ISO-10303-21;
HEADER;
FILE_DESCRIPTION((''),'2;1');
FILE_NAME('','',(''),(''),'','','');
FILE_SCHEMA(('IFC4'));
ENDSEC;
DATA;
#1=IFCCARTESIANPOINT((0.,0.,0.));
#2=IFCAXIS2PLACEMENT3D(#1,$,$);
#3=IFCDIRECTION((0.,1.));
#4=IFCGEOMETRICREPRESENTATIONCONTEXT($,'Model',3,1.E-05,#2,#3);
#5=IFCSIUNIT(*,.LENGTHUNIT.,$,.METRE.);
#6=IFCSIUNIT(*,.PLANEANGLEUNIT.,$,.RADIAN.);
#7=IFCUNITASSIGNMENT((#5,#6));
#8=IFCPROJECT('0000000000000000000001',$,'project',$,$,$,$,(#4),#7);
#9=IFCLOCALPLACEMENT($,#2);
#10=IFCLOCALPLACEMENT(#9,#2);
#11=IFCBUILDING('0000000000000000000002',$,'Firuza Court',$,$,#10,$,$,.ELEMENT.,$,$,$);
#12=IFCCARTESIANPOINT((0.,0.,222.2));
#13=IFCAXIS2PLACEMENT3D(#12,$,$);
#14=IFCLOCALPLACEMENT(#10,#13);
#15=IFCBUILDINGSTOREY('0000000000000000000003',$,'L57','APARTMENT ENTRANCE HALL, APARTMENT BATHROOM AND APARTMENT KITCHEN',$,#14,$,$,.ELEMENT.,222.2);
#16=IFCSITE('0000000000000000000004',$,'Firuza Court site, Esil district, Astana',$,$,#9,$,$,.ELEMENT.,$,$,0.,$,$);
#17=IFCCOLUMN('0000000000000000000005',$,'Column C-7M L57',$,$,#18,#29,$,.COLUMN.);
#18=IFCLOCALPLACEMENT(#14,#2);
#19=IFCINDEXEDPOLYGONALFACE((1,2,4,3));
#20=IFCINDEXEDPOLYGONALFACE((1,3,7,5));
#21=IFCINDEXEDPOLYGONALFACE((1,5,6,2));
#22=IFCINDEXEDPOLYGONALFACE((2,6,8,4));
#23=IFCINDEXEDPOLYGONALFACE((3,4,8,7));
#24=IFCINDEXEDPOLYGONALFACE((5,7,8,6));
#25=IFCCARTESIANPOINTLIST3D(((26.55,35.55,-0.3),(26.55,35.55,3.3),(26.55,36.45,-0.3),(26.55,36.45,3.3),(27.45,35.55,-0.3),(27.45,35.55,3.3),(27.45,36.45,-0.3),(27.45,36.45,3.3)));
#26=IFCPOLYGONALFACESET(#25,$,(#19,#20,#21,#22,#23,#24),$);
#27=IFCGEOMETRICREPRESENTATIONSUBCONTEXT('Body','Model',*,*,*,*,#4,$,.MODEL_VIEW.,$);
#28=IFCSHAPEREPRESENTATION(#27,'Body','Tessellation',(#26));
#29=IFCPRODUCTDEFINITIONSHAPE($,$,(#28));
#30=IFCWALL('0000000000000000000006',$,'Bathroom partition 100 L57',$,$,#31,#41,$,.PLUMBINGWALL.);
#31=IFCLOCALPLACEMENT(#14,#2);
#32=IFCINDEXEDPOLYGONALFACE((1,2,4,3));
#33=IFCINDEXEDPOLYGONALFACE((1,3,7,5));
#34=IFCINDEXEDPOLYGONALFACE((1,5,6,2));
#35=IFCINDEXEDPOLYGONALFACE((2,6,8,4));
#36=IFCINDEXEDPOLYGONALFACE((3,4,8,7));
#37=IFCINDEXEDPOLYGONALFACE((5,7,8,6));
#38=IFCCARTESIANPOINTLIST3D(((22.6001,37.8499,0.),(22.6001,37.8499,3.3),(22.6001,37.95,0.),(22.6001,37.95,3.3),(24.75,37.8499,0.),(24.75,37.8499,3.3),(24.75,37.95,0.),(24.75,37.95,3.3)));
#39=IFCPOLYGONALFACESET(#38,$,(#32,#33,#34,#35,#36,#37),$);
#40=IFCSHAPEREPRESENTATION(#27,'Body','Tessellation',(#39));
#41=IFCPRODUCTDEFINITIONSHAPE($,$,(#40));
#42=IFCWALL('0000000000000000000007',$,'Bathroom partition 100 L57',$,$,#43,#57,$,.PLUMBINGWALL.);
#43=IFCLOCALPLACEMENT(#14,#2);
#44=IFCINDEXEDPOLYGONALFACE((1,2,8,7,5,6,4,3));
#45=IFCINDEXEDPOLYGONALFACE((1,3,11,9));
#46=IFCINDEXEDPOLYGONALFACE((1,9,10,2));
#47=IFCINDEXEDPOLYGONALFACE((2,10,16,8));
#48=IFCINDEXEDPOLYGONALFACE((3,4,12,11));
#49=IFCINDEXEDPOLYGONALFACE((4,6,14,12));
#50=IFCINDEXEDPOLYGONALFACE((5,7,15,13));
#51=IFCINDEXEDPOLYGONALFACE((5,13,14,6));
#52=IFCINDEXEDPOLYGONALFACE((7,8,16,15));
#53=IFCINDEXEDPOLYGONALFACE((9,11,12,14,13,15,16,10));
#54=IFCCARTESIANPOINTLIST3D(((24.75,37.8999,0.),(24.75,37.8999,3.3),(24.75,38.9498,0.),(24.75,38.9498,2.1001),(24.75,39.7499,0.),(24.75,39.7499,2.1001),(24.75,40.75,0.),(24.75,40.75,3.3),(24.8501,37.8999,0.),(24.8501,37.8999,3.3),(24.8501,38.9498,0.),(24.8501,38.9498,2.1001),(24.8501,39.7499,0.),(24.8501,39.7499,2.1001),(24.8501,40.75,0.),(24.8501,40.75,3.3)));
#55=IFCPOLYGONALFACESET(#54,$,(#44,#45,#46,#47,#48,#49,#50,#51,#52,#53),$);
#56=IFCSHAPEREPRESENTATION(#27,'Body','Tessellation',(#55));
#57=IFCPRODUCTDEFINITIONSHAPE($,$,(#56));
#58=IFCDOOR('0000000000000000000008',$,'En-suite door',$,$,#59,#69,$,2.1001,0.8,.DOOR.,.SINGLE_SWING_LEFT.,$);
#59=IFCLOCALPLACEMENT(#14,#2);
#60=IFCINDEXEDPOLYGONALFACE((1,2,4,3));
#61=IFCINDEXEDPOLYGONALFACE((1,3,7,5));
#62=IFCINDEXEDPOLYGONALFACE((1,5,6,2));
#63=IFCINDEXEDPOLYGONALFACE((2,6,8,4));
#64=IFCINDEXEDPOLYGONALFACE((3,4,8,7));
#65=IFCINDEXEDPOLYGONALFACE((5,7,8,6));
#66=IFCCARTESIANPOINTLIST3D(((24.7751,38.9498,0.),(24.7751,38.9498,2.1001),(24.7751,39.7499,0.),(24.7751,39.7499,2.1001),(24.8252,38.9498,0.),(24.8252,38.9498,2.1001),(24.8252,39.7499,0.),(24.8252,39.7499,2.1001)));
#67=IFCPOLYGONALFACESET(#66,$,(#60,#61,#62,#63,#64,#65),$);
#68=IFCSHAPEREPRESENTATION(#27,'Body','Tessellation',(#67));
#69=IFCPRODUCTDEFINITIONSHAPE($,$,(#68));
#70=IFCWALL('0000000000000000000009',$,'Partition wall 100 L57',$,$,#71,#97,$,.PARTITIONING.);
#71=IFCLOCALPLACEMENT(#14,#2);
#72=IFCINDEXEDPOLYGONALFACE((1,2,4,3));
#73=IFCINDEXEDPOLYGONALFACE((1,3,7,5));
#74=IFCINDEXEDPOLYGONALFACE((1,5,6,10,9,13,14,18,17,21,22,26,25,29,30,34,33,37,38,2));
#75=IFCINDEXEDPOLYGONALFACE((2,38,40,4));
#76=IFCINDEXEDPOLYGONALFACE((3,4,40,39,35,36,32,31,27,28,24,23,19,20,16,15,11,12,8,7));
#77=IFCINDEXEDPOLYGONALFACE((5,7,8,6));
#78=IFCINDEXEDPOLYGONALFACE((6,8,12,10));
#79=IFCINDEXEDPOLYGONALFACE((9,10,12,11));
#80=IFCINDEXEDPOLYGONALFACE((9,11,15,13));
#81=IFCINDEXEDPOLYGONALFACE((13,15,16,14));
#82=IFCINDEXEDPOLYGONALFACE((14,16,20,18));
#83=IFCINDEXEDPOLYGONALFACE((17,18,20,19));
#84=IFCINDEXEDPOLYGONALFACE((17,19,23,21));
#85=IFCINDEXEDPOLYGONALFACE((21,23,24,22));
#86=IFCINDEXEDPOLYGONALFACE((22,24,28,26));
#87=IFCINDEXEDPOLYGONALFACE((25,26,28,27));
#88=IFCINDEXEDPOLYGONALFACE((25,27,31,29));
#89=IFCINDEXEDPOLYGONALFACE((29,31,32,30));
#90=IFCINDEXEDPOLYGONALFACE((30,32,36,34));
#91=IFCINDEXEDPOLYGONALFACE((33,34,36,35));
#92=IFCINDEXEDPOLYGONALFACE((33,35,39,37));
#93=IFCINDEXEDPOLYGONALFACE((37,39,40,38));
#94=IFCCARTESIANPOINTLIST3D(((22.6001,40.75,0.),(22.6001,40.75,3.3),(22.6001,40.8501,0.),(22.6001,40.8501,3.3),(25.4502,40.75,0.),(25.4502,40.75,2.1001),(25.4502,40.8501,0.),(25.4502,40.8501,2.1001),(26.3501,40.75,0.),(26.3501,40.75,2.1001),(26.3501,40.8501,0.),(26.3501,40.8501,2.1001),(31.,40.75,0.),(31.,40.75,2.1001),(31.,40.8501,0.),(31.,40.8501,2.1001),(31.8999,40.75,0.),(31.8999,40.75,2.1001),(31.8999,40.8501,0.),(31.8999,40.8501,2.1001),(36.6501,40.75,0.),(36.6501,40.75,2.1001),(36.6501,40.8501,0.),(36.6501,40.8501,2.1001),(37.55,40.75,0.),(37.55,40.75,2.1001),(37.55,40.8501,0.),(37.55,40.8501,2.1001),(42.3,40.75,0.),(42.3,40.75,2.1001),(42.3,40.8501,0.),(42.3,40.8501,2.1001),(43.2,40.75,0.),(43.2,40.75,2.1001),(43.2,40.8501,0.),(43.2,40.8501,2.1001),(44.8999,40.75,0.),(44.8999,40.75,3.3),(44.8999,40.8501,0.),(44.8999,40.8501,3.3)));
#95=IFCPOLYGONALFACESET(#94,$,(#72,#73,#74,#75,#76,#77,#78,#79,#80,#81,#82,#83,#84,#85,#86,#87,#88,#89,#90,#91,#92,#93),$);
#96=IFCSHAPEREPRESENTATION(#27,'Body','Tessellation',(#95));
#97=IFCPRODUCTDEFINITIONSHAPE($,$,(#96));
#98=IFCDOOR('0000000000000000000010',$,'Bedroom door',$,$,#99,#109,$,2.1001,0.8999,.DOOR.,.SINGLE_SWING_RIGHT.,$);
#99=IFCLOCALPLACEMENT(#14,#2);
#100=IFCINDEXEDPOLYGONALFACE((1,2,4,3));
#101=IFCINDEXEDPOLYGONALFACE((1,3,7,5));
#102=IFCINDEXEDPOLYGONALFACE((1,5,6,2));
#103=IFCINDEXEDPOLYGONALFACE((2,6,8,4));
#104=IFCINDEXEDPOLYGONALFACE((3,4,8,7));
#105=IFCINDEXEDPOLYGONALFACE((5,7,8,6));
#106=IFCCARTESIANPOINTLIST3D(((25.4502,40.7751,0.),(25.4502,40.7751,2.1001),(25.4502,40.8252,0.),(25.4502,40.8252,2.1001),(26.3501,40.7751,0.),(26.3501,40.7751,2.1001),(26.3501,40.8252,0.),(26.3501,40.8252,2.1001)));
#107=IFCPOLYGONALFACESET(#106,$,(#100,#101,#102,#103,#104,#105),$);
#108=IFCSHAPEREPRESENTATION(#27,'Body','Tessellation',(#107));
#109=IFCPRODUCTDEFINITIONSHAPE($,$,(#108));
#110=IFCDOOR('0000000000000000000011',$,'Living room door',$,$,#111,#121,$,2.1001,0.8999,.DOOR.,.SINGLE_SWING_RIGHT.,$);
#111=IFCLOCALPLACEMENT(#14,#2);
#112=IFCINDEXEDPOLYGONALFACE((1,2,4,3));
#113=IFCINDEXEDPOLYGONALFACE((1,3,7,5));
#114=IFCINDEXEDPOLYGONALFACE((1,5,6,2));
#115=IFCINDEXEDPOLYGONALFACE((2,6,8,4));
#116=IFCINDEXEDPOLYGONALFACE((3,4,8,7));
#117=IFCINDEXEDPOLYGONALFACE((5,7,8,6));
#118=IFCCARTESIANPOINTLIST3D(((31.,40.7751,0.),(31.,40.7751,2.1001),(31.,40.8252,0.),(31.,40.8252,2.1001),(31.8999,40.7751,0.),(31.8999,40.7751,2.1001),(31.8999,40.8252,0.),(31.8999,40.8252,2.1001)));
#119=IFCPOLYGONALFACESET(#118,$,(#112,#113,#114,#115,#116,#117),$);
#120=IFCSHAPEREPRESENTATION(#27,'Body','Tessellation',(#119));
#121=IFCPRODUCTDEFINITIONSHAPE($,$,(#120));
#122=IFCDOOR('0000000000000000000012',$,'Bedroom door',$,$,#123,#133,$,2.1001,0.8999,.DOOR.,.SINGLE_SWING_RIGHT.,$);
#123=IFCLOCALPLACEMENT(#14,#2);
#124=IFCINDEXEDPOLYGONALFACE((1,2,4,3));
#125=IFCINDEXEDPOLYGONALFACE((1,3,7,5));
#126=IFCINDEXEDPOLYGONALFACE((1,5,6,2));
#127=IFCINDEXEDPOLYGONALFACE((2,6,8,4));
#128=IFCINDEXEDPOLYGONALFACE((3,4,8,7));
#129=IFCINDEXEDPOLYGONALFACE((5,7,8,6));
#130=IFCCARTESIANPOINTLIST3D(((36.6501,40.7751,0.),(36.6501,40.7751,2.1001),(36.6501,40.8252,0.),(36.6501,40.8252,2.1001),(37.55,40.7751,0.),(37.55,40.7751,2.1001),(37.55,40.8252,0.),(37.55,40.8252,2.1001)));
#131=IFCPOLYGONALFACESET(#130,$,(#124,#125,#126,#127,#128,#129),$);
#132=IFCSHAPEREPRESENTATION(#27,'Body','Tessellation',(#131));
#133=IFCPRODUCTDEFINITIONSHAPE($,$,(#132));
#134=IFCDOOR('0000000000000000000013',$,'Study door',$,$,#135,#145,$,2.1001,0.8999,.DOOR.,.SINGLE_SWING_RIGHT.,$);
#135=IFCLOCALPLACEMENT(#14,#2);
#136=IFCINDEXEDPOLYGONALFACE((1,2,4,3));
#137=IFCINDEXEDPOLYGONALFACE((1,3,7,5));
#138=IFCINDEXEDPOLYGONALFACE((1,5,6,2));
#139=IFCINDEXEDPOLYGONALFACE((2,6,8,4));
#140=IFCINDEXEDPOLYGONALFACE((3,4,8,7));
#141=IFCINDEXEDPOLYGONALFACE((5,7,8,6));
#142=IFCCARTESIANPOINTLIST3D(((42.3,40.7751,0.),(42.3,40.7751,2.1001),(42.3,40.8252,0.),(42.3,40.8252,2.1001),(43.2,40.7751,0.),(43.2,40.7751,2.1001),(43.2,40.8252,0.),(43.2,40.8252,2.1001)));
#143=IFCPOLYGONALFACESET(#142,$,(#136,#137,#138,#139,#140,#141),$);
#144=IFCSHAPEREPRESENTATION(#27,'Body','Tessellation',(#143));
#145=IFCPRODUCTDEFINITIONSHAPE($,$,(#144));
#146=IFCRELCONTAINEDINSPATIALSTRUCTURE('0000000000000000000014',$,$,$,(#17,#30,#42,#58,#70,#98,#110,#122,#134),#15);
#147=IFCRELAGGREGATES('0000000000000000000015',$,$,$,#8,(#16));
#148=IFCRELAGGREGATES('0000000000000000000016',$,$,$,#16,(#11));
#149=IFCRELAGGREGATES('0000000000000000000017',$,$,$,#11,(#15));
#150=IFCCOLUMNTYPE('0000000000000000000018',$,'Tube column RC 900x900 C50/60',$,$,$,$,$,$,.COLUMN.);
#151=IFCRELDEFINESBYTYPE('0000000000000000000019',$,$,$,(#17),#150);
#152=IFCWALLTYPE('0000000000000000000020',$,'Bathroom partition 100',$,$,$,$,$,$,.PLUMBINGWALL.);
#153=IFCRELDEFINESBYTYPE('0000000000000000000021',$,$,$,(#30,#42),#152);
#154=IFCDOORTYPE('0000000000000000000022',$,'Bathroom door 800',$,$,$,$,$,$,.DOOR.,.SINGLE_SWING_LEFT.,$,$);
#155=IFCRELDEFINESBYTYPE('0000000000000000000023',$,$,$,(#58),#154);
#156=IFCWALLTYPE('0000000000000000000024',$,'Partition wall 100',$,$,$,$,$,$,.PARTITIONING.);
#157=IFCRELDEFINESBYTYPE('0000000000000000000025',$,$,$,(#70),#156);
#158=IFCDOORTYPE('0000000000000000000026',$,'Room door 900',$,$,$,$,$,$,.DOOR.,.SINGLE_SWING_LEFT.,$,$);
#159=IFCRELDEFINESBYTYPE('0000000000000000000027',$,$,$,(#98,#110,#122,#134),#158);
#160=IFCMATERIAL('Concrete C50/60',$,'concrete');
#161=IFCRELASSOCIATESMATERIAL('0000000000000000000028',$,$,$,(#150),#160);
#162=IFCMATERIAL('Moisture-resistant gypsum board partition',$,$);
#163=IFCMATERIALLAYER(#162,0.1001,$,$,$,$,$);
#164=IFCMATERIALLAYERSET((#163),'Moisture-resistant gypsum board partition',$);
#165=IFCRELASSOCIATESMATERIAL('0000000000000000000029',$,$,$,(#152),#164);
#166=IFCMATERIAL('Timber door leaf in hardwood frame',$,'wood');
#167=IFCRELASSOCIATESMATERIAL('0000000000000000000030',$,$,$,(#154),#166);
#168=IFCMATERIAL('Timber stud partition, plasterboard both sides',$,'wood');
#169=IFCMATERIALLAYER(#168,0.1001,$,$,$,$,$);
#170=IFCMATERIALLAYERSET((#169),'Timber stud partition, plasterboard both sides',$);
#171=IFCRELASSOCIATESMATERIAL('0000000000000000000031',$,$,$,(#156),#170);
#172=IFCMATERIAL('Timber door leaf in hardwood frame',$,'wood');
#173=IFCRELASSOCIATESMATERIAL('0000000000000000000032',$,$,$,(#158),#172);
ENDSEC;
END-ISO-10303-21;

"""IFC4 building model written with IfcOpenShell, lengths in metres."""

from ifc_helpers import new_model, si_unit, direction, frame, frame_2d, origin, origin_2d, place, context, subcontext, project, spatial, rectangle, extrude, material, layer, layer_set, material_profile, profile_set, type_object, element, fill, save


model = new_model("IFC4")

# Units and contexts
model_context = context("Model", 3, precision=1e-05, world=origin(), true_north=direction((0.0, 1.0)))
body_context = subcontext(model_context, "Body", "Model", "MODEL_VIEW")
ifc_project = project(units=[si_unit("LENGTHUNIT", "METRE"), si_unit("PLANEANGLEUNIT", "RADIAN")], contexts=[model_context])

# Site, building, storey
site_placement = place(None, origin())
site = spatial("IfcSite", under=ifc_project, at=site_placement, Name="Firuza Court site, Esil district, Astana", CompositionType="ELEMENT", RefElevation=0.0)
building_placement = place(site_placement, origin())
building = spatial("IfcBuilding", under=site, at=building_placement, Name="Firuza Court", CompositionType="ELEMENT")
storey_placement = place(building_placement, frame((0.0, 0.0, 222.2)))
storey = spatial("IfcBuildingStorey", under=building, at=storey_placement, Name="L57", Description="APARTMENT ENTRANCE HALL, APARTMENT BATHROOM AND APARTMENT KITCHEN", CompositionType="ELEMENT", Elevation=222.2)

# Column
ifc_material_1 = material(Name="Concrete C50/60", Category="concrete")
ifc_material_profile = material_profile(ifc_material_1, rectangle(XDim=0.8999, YDim=0.8999, at=origin_2d()), Name="RC 900x900")
ifc_profile_set = profile_set([ifc_material_profile], Name="Concrete C50/60")
column_type = type_object("IfcColumnType", Name="Tube column RC 900x900 C50/60", PredefinedType="COLUMN", material=ifc_profile_set)
column_placement = place(storey_placement, frame((27.0, 36.0, -0.3), z_axis=(0.0, 0.0, 1.0), x_axis=(1.0, 0.0, 0.0)))
element("IfcColumn", 1, at=column_placement, inside=storey, type_object=column_type, Name="Column C-7M L57", PredefinedType="COLUMN", context=body_context, shape_type="SweptSolid", body=[
    extrude(rectangle(XDim=0.8999, YDim=0.8999, at=origin_2d()), origin(), (0.0, 0.0, 1.0), 3.6001),
])

# Wall
ifc_material_2 = material(Name="Moisture-resistant gypsum board partition")
ifc_layer_1 = layer(ifc_material_2, 0.1001)
ifc_layer_set_1 = layer_set([ifc_layer_1], Name="Moisture-resistant gypsum board partition")
wall_type_1 = type_object("IfcWallType", Name="Bathroom partition 100", PredefinedType="PLUMBINGWALL", material=ifc_layer_set_1)
wall_1_placement = place(storey_placement, frame((22.6001, 37.8999, 0.0), z_axis=(0.0, 0.0, 1.0), x_axis=(1.0, 0.0, 0.0)))
element("IfcWall", 2, at=wall_1_placement, inside=storey, type_object=wall_type_1, Name="Bathroom partition 100 L57", PredefinedType="PLUMBINGWALL", context=body_context, shape_type="SweptSolid", body=[
    extrude(rectangle(XDim=2.1499, YDim=0.1001, at=frame_2d((1.075, 0.0))), origin(), (0.0, 0.0, 1.0), 3.3),
])

# Wall, opening, door
wall_2_placement = place(storey_placement, frame((24.8, 37.8999, 0.0), z_axis=(0.0, 0.0, 1.0), x_axis=(0.0, 1.0, 0.0)))
wall_2 = element("IfcWall", 3, at=wall_2_placement, inside=storey, type_object=wall_type_1, Name="Bathroom partition 100 L57", PredefinedType="PLUMBINGWALL", context=body_context, shape_type="SweptSolid", body=[
    extrude(rectangle(XDim=2.8501, YDim=0.1001, at=frame_2d((1.425, 0.0))), origin(), (0.0, 0.0, 1.0), 3.3),
])
opening_1_placement = place(wall_2_placement, frame((1.05, 0.0, 0.0)))
opening_1 = element("IfcOpeningElement", 4, at=opening_1_placement, cuts=wall_2, PredefinedType="OPENING", context=body_context, shape_type="SweptSolid", body=[
    extrude(rectangle(XDim=0.8, YDim=2.1001, at=frame_2d((0.3999, 1.05))), frame((0.0, 0.062, 0.0), z_axis=(0.0, -1.0, 0.0), x_axis=(1.0, 0.0, 0.0)), (0.0, 0.0, 1.0), 0.124),
])
ifc_material_3 = material(Name="Timber door leaf in hardwood frame", Category="wood")
door_type_1 = type_object("IfcDoorType", Name="Bathroom door 800", OperationType="SINGLE_SWING_LEFT", PredefinedType="DOOR", material=ifc_material_3)
door_1_placement = place(opening_1_placement, origin())
door_1 = element("IfcDoor", 5, at=door_1_placement, inside=storey, type_object=door_type_1, Name="En-suite door", OperationType="SINGLE_SWING_LEFT", OverallHeight=2.1001, OverallWidth=0.8, PredefinedType="DOOR", context=body_context, shape_type="SweptSolid", body=[
    extrude(rectangle(XDim=0.8, YDim=2.1001, at=frame_2d((0.3999, 1.05))), frame((0.0, 0.0249, 0.0), z_axis=(0.0, -1.0, 0.0), x_axis=(1.0, 0.0, 0.0)), (0.0, 0.0, 1.0), 0.05),
])
fill(opening_1, door_1)

# Wall, openings, doors
ifc_material_4 = material(Name="Timber stud partition, plasterboard both sides", Category="wood")
ifc_layer_2 = layer(ifc_material_4, 0.1001)
ifc_layer_set_2 = layer_set([ifc_layer_2], Name="Timber stud partition, plasterboard both sides")
wall_type_2 = type_object("IfcWallType", Name="Partition wall 100", PredefinedType="PARTITIONING", material=ifc_layer_set_2)
wall_3_placement = place(storey_placement, frame((22.6001, 40.8, 0.0), z_axis=(0.0, 0.0, 1.0), x_axis=(1.0, 0.0, 0.0)))
wall_3 = element("IfcWall", 6, at=wall_3_placement, inside=storey, type_object=wall_type_2, Name="Partition wall 100 L57", PredefinedType="PARTITIONING", context=body_context, shape_type="SweptSolid", body=[
    extrude(rectangle(XDim=22.2998, YDim=0.1001, at=frame_2d((11.1499, 0.0))), origin(), (0.0, 0.0, 1.0), 3.3),
])
opening_2_placement = place(wall_3_placement, frame((2.8501, 0.0, 0.0)))
opening_2 = element("IfcOpeningElement", 7, at=opening_2_placement, cuts=wall_3, PredefinedType="OPENING", context=body_context, shape_type="SweptSolid", body=[
    extrude(rectangle(XDim=0.8999, YDim=2.1001, at=frame_2d((0.45, 1.05))), frame((0.0, 0.062, 0.0), z_axis=(0.0, -1.0, 0.0), x_axis=(1.0, 0.0, 0.0)), (0.0, 0.0, 1.0), 0.124),
])
opening_3_placement = place(wall_3_placement, frame((8.3999, 0.0, 0.0)))
opening_3 = element("IfcOpeningElement", 8, at=opening_3_placement, cuts=wall_3, PredefinedType="OPENING", context=body_context, shape_type="SweptSolid", body=[
    extrude(rectangle(XDim=0.8999, YDim=2.1001, at=frame_2d((0.45, 1.05))), frame((0.0, 0.062, 0.0), z_axis=(0.0, -1.0, 0.0), x_axis=(1.0, 0.0, 0.0)), (0.0, 0.0, 1.0), 0.124),
])
opening_4_placement = place(wall_3_placement, frame((14.05, 0.0, 0.0)))
opening_4 = element("IfcOpeningElement", 9, at=opening_4_placement, cuts=wall_3, PredefinedType="OPENING", context=body_context, shape_type="SweptSolid", body=[
    extrude(rectangle(XDim=0.8999, YDim=2.1001, at=frame_2d((0.45, 1.05))), frame((0.0, 0.062, 0.0), z_axis=(0.0, -1.0, 0.0), x_axis=(1.0, 0.0, 0.0)), (0.0, 0.0, 1.0), 0.124),
])
opening_5_placement = place(wall_3_placement, frame((19.7, 0.0, 0.0)))
opening_5 = element("IfcOpeningElement", 10, at=opening_5_placement, cuts=wall_3, PredefinedType="OPENING", context=body_context, shape_type="SweptSolid", body=[
    extrude(rectangle(XDim=0.8999, YDim=2.1001, at=frame_2d((0.45, 1.05))), frame((0.0, 0.062, 0.0), z_axis=(0.0, -1.0, 0.0), x_axis=(1.0, 0.0, 0.0)), (0.0, 0.0, 1.0), 0.124),
])
ifc_material_5 = material(Name="Timber door leaf in hardwood frame", Category="wood")
door_type_2 = type_object("IfcDoorType", Name="Room door 900", OperationType="SINGLE_SWING_LEFT", PredefinedType="DOOR", material=ifc_material_5)
door_2_placement = place(opening_2_placement, frame((0.8999, 0.0, 0.0), z_axis=(0.0, 0.0, 1.0), x_axis=(-1.0, 0.0, 0.0)))
door_2 = element("IfcDoor", 11, at=door_2_placement, inside=storey, type_object=door_type_2, Name="Bedroom door", OperationType="SINGLE_SWING_RIGHT", OverallHeight=2.1001, OverallWidth=0.8999, PredefinedType="DOOR", context=body_context, shape_type="SweptSolid", body=[
    extrude(rectangle(XDim=0.8999, YDim=2.1001, at=frame_2d((0.45, 1.05))), frame((0.0, 0.0249, 0.0), z_axis=(0.0, -1.0, 0.0), x_axis=(1.0, 0.0, 0.0)), (0.0, 0.0, 1.0), 0.05),
])
fill(opening_2, door_2)
door_3_placement = place(opening_3_placement, frame((0.8999, 0.0, 0.0), z_axis=(0.0, 0.0, 1.0), x_axis=(-1.0, 0.0, 0.0)))
door_3 = element("IfcDoor", 12, at=door_3_placement, inside=storey, type_object=door_type_2, Name="Living room door", OperationType="SINGLE_SWING_RIGHT", OverallHeight=2.1001, OverallWidth=0.8999, PredefinedType="DOOR", context=body_context, shape_type="SweptSolid", body=[
    extrude(rectangle(XDim=0.8999, YDim=2.1001, at=frame_2d((0.45, 1.05))), frame((0.0, 0.0249, 0.0), z_axis=(0.0, -1.0, 0.0), x_axis=(1.0, 0.0, 0.0)), (0.0, 0.0, 1.0), 0.05),
])
fill(opening_3, door_3)
door_4_placement = place(opening_4_placement, frame((0.8999, 0.0, 0.0), z_axis=(0.0, 0.0, 1.0), x_axis=(-1.0, 0.0, 0.0)))
door_4 = element("IfcDoor", 13, at=door_4_placement, inside=storey, type_object=door_type_2, Name="Bedroom door", OperationType="SINGLE_SWING_RIGHT", OverallHeight=2.1001, OverallWidth=0.8999, PredefinedType="DOOR", context=body_context, shape_type="SweptSolid", body=[
    extrude(rectangle(XDim=0.8999, YDim=2.1001, at=frame_2d((0.45, 1.05))), frame((0.0, 0.0249, 0.0), z_axis=(0.0, -1.0, 0.0), x_axis=(1.0, 0.0, 0.0)), (0.0, 0.0, 1.0), 0.05),
])
fill(opening_4, door_4)
door_5_placement = place(opening_5_placement, frame((0.8999, 0.0, 0.0), z_axis=(0.0, 0.0, 1.0), x_axis=(-1.0, 0.0, 0.0)))
door_5 = element("IfcDoor", 14, at=door_5_placement, inside=storey, type_object=door_type_2, Name="Study door", OperationType="SINGLE_SWING_RIGHT", OverallHeight=2.1001, OverallWidth=0.8999, PredefinedType="DOOR", context=body_context, shape_type="SweptSolid", body=[
    extrude(rectangle(XDim=0.8999, YDim=2.1001, at=frame_2d((0.45, 1.05))), frame((0.0, 0.0249, 0.0), z_axis=(0.0, -1.0, 0.0), x_axis=(1.0, 0.0, 0.0)), (0.0, 0.0, 1.0), 0.05),
])
fill(opening_5, door_5)

save(model, "model.ifc")
